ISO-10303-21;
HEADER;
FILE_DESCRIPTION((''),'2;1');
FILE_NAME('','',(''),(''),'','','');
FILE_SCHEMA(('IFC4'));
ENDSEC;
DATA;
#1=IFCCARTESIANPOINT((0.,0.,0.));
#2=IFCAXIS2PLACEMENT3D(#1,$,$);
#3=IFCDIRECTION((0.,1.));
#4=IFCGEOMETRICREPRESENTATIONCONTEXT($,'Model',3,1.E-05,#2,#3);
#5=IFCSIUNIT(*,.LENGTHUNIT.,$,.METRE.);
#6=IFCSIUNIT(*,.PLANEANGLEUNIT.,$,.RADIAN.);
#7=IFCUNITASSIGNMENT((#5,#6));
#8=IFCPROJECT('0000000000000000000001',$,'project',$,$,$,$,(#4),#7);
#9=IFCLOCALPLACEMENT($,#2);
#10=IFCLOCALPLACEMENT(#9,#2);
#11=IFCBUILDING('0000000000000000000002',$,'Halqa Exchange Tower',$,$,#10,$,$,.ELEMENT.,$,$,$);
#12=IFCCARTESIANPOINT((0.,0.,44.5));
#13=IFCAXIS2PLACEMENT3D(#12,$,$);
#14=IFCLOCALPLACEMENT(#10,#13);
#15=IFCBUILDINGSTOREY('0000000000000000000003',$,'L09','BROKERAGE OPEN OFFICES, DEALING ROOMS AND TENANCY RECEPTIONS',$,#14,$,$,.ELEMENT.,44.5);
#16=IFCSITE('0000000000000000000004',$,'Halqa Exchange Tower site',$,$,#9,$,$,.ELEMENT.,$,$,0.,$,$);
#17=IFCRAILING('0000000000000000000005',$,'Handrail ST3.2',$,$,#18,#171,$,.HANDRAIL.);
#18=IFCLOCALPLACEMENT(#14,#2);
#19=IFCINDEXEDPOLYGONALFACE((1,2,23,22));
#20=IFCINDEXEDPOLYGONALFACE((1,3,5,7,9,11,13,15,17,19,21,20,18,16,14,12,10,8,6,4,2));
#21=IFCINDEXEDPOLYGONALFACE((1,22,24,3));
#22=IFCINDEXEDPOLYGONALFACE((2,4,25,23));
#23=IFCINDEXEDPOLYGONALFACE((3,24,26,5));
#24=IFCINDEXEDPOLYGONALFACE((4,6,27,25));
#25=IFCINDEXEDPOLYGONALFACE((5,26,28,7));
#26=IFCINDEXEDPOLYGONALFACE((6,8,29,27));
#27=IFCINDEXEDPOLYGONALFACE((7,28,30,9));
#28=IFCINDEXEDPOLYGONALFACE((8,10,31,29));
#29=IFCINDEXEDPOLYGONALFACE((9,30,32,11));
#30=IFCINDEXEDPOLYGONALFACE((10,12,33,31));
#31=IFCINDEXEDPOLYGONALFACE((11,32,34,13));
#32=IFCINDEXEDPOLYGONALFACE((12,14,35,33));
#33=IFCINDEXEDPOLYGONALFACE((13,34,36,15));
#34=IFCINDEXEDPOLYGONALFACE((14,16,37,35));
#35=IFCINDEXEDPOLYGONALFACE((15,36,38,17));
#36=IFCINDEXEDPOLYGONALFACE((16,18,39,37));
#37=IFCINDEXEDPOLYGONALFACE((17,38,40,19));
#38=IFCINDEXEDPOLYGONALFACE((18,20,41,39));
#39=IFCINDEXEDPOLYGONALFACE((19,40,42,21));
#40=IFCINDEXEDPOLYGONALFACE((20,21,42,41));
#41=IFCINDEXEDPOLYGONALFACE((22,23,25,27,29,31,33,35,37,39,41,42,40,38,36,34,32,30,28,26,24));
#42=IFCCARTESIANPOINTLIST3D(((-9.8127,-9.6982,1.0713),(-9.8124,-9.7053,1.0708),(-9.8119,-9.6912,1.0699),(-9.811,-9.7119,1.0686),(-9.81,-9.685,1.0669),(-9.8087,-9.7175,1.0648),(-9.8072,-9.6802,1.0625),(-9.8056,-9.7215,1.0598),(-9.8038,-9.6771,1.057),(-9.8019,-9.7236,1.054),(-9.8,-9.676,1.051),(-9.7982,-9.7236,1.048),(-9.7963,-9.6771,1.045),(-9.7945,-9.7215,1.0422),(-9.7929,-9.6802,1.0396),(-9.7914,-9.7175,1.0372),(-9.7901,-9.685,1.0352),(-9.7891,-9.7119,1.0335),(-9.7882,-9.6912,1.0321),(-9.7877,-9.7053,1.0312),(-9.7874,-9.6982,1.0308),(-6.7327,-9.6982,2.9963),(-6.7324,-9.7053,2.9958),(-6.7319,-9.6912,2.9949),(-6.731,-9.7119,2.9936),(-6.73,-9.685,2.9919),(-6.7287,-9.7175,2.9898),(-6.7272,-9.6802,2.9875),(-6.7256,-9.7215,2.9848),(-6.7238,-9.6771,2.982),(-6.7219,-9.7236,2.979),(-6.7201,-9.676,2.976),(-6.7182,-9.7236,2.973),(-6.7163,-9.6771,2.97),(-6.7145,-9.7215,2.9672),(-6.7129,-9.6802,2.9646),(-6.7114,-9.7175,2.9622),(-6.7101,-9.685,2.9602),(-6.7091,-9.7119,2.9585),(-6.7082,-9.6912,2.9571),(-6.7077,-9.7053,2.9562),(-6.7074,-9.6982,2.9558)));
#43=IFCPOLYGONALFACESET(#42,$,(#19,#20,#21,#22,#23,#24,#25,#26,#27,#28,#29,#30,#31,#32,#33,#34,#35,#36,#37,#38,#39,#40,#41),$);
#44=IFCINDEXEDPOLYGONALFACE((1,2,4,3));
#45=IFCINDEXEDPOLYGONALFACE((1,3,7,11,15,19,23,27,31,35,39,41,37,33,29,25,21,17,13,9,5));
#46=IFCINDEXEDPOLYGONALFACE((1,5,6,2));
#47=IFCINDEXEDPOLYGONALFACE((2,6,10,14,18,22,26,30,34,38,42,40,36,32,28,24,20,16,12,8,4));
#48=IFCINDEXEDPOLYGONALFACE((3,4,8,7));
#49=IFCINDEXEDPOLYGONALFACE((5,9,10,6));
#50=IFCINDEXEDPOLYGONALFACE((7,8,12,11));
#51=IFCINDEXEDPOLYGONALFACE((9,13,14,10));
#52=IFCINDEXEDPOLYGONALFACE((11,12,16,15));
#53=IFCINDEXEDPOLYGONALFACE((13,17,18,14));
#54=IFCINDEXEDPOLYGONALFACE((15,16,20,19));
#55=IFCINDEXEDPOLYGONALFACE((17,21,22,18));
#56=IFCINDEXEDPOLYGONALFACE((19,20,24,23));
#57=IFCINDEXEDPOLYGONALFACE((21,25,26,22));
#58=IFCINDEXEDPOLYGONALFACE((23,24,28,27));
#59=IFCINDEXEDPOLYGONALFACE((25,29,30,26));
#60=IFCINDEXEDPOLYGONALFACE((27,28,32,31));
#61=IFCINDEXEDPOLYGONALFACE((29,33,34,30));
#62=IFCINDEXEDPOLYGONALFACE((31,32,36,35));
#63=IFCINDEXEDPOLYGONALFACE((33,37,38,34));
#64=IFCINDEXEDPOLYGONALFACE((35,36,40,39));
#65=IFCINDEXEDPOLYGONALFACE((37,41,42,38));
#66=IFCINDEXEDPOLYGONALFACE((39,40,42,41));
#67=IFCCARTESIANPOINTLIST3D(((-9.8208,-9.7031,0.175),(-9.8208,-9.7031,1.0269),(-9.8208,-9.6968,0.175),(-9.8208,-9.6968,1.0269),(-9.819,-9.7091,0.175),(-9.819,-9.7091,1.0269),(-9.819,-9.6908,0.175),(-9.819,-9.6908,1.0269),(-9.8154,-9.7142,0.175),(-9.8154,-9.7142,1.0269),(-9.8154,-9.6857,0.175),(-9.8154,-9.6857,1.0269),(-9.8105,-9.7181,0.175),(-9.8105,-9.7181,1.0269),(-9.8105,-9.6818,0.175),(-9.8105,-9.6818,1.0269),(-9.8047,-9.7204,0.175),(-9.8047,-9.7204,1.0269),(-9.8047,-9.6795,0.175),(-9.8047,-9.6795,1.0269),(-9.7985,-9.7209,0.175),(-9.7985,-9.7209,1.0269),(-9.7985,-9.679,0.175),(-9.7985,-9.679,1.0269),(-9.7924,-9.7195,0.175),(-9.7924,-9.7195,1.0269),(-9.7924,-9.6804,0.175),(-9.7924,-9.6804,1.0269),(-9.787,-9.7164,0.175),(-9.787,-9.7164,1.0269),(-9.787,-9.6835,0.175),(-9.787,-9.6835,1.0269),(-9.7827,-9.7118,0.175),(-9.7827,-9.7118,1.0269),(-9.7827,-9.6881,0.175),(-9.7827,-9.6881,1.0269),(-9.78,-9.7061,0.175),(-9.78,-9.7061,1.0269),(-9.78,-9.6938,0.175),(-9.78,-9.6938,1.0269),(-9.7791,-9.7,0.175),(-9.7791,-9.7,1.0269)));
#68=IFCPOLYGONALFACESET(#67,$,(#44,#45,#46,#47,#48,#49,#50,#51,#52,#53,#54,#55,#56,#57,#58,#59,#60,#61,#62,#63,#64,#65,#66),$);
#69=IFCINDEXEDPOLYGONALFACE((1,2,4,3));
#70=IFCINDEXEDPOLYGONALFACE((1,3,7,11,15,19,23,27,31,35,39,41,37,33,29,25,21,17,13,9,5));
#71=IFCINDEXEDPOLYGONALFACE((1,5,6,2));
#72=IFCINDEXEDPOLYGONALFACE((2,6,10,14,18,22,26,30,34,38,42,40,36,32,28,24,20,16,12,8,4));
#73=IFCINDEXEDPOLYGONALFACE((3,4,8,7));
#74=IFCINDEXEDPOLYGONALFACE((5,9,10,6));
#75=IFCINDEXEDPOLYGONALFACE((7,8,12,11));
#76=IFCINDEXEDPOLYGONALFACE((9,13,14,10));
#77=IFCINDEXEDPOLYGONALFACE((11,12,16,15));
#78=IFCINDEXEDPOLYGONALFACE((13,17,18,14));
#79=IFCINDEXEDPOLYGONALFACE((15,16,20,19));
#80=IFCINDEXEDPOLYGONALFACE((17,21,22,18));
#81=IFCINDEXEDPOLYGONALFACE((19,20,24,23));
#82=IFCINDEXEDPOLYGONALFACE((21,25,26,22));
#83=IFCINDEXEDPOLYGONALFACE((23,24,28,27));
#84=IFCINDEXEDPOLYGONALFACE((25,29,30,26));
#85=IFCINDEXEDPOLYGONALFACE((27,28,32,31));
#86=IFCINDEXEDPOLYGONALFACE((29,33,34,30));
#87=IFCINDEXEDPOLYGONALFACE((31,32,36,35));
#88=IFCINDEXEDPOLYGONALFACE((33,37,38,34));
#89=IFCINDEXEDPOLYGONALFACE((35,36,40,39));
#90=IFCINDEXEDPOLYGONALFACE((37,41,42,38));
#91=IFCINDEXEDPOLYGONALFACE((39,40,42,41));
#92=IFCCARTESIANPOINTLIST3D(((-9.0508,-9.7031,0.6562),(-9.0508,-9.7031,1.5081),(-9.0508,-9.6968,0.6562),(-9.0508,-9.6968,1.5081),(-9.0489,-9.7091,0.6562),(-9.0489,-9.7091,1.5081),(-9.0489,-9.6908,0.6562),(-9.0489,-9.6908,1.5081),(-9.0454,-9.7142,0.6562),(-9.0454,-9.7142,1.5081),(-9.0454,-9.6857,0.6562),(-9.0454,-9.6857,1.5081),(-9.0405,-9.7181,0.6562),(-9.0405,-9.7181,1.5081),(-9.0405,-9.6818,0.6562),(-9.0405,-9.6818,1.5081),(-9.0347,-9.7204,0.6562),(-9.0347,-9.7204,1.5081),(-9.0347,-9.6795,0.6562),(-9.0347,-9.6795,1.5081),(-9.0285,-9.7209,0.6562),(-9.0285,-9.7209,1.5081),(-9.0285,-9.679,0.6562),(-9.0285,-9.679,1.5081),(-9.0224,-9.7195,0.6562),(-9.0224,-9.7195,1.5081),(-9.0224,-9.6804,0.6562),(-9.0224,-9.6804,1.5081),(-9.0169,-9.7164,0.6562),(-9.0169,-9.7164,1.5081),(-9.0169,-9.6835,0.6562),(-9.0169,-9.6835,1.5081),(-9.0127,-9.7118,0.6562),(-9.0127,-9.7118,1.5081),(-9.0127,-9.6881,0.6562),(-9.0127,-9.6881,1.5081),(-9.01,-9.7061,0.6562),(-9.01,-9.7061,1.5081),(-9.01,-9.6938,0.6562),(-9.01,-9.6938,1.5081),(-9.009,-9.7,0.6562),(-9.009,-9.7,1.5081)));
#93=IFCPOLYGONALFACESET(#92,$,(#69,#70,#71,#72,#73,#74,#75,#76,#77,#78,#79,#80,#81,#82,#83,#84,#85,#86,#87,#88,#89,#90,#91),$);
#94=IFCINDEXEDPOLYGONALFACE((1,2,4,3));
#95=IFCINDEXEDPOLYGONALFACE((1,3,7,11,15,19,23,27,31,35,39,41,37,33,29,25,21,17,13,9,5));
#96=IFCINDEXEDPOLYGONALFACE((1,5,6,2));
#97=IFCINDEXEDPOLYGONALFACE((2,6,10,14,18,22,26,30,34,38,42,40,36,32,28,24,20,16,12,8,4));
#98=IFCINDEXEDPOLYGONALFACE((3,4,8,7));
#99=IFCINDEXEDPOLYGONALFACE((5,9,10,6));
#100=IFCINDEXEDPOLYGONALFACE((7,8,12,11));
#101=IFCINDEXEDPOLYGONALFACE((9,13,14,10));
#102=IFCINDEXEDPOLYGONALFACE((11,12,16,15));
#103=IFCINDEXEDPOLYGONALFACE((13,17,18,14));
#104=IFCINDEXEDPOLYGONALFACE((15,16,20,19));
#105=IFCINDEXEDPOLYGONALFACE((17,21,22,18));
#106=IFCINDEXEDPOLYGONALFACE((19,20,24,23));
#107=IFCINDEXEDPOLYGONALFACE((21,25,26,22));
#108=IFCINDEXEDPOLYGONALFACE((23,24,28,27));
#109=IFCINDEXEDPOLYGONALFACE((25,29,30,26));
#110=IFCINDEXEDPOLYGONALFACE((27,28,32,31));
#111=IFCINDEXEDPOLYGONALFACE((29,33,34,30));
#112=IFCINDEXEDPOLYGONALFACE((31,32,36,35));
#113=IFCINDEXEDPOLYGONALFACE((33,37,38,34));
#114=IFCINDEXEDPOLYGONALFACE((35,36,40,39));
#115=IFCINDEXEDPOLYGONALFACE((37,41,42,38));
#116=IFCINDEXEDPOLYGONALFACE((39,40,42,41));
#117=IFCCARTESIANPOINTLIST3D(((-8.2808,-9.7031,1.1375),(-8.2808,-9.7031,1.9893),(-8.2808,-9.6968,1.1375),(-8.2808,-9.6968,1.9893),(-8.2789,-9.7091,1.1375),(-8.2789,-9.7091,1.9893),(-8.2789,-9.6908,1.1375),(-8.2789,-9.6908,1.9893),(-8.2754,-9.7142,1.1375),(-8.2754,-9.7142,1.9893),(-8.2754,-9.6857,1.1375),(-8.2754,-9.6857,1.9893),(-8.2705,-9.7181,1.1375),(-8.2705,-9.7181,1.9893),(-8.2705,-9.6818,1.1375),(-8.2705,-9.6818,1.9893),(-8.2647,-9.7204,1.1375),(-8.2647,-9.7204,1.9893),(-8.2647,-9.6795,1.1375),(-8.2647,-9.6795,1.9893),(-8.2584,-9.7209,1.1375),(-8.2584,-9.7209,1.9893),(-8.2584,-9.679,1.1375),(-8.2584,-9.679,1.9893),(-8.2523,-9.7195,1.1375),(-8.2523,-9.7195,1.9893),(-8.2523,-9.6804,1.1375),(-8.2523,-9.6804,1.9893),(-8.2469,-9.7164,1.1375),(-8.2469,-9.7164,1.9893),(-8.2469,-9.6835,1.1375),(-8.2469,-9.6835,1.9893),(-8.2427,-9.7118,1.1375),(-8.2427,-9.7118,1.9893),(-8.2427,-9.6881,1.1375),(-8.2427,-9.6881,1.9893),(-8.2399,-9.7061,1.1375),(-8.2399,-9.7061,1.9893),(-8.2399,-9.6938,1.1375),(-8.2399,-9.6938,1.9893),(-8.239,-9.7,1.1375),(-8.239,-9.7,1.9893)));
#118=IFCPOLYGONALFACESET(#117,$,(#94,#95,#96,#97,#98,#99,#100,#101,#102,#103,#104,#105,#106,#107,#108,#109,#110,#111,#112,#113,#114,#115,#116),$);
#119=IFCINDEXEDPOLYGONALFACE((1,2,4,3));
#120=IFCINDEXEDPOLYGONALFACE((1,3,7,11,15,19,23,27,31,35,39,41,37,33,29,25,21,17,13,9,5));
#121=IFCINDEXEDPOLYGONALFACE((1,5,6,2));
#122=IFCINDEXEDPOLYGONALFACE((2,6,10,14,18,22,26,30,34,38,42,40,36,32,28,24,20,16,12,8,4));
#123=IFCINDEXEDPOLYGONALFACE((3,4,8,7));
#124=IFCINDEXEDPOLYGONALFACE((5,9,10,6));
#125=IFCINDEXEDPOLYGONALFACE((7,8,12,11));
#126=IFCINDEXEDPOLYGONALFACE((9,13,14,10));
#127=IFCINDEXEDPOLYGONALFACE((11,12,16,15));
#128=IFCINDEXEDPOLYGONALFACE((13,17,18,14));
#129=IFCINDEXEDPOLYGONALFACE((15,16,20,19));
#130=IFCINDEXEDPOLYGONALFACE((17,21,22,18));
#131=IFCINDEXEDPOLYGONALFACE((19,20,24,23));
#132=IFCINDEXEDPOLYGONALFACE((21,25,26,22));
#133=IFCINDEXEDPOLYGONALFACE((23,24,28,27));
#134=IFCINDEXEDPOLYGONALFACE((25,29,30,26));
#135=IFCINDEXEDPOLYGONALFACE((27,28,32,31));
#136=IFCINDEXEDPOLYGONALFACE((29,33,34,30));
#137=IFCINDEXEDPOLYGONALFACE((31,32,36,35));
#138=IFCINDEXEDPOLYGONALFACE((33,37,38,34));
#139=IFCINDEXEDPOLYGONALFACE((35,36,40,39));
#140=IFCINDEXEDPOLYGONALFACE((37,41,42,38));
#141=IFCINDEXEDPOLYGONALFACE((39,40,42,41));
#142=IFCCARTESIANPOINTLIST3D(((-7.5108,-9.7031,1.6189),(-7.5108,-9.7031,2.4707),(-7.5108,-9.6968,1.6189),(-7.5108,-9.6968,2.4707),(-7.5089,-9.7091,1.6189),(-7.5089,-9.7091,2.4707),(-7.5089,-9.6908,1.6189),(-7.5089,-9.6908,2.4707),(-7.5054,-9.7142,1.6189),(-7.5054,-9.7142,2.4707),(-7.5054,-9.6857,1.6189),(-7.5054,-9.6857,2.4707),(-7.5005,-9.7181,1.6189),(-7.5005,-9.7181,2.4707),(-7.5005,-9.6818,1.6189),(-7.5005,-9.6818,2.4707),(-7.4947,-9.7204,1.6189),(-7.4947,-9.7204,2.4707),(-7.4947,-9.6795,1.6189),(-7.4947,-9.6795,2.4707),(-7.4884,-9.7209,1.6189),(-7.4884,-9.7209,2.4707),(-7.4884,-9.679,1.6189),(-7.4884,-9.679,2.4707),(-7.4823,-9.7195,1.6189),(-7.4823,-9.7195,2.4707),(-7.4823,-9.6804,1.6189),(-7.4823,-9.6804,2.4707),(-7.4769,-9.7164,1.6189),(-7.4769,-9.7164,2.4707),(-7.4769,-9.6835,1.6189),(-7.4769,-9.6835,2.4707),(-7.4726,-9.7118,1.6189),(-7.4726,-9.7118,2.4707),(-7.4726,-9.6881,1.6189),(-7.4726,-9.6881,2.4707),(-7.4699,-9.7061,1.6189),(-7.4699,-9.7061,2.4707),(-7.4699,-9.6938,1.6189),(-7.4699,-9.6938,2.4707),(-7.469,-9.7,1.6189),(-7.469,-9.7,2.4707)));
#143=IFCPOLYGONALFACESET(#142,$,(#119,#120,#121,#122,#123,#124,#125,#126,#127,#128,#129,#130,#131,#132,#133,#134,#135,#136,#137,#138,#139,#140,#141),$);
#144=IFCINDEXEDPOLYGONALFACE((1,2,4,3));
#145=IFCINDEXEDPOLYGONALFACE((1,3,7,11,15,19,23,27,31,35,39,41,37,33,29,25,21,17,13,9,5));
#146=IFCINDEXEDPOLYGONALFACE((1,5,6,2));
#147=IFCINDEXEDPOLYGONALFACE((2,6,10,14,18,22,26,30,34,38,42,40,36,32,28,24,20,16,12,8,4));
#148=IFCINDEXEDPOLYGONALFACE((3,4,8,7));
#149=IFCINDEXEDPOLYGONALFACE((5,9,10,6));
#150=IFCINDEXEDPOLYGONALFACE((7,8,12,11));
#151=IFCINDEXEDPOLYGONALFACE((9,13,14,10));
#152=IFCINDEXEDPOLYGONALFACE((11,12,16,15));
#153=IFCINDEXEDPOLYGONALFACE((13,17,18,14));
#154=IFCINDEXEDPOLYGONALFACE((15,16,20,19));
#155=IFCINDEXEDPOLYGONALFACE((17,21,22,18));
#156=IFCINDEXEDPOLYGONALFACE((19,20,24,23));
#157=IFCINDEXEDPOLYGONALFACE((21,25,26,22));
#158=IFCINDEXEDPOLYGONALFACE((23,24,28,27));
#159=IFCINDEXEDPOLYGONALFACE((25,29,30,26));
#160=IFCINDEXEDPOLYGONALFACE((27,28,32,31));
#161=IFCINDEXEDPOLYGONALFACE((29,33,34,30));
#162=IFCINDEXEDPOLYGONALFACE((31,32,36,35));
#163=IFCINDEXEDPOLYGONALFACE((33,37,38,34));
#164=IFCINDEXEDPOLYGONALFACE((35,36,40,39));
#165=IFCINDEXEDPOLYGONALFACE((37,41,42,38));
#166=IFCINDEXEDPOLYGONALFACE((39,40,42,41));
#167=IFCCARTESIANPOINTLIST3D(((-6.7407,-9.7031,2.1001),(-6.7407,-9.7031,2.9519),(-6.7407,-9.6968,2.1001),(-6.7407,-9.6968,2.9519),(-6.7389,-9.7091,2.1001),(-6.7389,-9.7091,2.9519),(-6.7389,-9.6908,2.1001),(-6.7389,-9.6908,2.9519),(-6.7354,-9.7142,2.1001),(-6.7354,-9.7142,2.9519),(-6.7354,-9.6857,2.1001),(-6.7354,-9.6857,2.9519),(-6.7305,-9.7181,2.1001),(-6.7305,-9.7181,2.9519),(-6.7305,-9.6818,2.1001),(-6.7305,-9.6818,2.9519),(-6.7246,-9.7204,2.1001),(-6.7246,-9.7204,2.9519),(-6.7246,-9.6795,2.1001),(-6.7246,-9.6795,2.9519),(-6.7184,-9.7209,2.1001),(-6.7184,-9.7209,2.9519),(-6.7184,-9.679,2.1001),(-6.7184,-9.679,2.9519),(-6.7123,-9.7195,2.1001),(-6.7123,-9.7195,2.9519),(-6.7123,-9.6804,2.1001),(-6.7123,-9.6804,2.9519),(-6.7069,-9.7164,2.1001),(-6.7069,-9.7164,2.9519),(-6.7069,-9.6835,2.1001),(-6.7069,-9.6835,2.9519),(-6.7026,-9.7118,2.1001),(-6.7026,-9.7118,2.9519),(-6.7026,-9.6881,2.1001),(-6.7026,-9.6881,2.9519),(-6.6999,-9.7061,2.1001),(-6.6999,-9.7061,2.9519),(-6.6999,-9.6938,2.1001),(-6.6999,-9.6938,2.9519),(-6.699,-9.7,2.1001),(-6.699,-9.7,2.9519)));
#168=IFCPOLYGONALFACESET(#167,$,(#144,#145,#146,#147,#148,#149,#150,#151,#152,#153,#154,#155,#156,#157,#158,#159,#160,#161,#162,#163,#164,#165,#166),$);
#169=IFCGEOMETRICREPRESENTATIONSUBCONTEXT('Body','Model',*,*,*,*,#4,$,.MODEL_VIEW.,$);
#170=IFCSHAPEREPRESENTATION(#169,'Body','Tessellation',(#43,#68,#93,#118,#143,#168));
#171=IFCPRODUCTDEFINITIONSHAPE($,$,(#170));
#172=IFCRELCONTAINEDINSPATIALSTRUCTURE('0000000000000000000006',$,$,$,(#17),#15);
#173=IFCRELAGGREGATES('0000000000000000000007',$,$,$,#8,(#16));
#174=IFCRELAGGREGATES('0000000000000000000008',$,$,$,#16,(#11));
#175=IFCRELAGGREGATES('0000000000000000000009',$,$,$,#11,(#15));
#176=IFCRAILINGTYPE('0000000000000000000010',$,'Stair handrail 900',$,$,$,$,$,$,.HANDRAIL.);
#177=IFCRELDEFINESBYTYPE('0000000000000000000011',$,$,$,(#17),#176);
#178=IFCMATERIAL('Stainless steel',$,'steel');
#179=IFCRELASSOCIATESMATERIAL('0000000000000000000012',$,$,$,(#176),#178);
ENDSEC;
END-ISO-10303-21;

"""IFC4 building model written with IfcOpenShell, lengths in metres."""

from ifc_helpers import new_model, si_unit, direction, frame, origin, origin_2d, place, context, subcontext, project, spatial, circle, extrude, material, type_object, element, save


model = new_model("IFC4")

# Units and contexts
model_context = context("Model", 3, precision=1e-05, world=origin(), true_north=direction((0.0, 1.0)))
body_context = subcontext(model_context, "Body", "Model", "MODEL_VIEW")
ifc_project = project(units=[si_unit("LENGTHUNIT", "METRE"), si_unit("PLANEANGLEUNIT", "RADIAN")], contexts=[model_context])

# Site, building, storey
site_placement = place(None, origin())
site = spatial("IfcSite", under=ifc_project, at=site_placement, Name="Halqa Exchange Tower site", CompositionType="ELEMENT", RefElevation=0.0)
building_placement = place(site_placement, origin())
building = spatial("IfcBuilding", under=site, at=building_placement, Name="Halqa Exchange Tower", CompositionType="ELEMENT")
storey_placement = place(building_placement, frame((0.0, 0.0, 44.5)))
storey = spatial("IfcBuildingStorey", under=building, at=storey_placement, Name="L09", Description="BROKERAGE OPEN OFFICES, DEALING ROOMS AND TENANCY RECEPTIONS", CompositionType="ELEMENT", Elevation=44.5)

# Shared definitions
ifc_material_1 = material(Name="Stainless steel", Category="steel")

# Railing
railing_type_1 = type_object("IfcRailingType", Name="Stair handrail 900", PredefinedType="HANDRAIL", material=ifc_material_1)
railing_1_placement = place(storey_placement, frame((-9.8, -9.7, 0.175)))
element("IfcRailing", 1, at=railing_1_placement, inside=storey, type_object=railing_type_1, Name="Handrail ST3.2", PredefinedType="HANDRAIL", context=body_context, shape_type="SweptSolid", body=[
    extrude(circle(Radius=0.0239, at=origin_2d()), frame((0.0, 0.0, 0.876), z_axis=(0.847998, 0.0, 0.529999), x_axis=(0.0, 1.0, 0.0)), (0.0, 0.0, 1.0), 3.6321),
    extrude(circle(Radius=0.021, at=origin_2d()), origin(), (0.0, 0.0, 1.0), 0.8518),
    extrude(circle(Radius=0.021, at=origin_2d()), frame((0.77, 0.0, 0.4812)), (0.0, 0.0, 1.0), 0.8518),
    extrude(circle(Radius=0.021, at=origin_2d()), frame((1.54, 0.0, 0.9624)), (0.0, 0.0, 1.0), 0.8518),
    extrude(circle(Radius=0.021, at=origin_2d()), frame((2.3101, 0.0, 1.4438)), (0.0, 0.0, 1.0), 0.8518),
    extrude(circle(Radius=0.021, at=origin_2d()), frame((3.0801, 0.0, 1.925)), (0.0, 0.0, 1.0), 0.8518),
])

save(model, "model.ifc")
